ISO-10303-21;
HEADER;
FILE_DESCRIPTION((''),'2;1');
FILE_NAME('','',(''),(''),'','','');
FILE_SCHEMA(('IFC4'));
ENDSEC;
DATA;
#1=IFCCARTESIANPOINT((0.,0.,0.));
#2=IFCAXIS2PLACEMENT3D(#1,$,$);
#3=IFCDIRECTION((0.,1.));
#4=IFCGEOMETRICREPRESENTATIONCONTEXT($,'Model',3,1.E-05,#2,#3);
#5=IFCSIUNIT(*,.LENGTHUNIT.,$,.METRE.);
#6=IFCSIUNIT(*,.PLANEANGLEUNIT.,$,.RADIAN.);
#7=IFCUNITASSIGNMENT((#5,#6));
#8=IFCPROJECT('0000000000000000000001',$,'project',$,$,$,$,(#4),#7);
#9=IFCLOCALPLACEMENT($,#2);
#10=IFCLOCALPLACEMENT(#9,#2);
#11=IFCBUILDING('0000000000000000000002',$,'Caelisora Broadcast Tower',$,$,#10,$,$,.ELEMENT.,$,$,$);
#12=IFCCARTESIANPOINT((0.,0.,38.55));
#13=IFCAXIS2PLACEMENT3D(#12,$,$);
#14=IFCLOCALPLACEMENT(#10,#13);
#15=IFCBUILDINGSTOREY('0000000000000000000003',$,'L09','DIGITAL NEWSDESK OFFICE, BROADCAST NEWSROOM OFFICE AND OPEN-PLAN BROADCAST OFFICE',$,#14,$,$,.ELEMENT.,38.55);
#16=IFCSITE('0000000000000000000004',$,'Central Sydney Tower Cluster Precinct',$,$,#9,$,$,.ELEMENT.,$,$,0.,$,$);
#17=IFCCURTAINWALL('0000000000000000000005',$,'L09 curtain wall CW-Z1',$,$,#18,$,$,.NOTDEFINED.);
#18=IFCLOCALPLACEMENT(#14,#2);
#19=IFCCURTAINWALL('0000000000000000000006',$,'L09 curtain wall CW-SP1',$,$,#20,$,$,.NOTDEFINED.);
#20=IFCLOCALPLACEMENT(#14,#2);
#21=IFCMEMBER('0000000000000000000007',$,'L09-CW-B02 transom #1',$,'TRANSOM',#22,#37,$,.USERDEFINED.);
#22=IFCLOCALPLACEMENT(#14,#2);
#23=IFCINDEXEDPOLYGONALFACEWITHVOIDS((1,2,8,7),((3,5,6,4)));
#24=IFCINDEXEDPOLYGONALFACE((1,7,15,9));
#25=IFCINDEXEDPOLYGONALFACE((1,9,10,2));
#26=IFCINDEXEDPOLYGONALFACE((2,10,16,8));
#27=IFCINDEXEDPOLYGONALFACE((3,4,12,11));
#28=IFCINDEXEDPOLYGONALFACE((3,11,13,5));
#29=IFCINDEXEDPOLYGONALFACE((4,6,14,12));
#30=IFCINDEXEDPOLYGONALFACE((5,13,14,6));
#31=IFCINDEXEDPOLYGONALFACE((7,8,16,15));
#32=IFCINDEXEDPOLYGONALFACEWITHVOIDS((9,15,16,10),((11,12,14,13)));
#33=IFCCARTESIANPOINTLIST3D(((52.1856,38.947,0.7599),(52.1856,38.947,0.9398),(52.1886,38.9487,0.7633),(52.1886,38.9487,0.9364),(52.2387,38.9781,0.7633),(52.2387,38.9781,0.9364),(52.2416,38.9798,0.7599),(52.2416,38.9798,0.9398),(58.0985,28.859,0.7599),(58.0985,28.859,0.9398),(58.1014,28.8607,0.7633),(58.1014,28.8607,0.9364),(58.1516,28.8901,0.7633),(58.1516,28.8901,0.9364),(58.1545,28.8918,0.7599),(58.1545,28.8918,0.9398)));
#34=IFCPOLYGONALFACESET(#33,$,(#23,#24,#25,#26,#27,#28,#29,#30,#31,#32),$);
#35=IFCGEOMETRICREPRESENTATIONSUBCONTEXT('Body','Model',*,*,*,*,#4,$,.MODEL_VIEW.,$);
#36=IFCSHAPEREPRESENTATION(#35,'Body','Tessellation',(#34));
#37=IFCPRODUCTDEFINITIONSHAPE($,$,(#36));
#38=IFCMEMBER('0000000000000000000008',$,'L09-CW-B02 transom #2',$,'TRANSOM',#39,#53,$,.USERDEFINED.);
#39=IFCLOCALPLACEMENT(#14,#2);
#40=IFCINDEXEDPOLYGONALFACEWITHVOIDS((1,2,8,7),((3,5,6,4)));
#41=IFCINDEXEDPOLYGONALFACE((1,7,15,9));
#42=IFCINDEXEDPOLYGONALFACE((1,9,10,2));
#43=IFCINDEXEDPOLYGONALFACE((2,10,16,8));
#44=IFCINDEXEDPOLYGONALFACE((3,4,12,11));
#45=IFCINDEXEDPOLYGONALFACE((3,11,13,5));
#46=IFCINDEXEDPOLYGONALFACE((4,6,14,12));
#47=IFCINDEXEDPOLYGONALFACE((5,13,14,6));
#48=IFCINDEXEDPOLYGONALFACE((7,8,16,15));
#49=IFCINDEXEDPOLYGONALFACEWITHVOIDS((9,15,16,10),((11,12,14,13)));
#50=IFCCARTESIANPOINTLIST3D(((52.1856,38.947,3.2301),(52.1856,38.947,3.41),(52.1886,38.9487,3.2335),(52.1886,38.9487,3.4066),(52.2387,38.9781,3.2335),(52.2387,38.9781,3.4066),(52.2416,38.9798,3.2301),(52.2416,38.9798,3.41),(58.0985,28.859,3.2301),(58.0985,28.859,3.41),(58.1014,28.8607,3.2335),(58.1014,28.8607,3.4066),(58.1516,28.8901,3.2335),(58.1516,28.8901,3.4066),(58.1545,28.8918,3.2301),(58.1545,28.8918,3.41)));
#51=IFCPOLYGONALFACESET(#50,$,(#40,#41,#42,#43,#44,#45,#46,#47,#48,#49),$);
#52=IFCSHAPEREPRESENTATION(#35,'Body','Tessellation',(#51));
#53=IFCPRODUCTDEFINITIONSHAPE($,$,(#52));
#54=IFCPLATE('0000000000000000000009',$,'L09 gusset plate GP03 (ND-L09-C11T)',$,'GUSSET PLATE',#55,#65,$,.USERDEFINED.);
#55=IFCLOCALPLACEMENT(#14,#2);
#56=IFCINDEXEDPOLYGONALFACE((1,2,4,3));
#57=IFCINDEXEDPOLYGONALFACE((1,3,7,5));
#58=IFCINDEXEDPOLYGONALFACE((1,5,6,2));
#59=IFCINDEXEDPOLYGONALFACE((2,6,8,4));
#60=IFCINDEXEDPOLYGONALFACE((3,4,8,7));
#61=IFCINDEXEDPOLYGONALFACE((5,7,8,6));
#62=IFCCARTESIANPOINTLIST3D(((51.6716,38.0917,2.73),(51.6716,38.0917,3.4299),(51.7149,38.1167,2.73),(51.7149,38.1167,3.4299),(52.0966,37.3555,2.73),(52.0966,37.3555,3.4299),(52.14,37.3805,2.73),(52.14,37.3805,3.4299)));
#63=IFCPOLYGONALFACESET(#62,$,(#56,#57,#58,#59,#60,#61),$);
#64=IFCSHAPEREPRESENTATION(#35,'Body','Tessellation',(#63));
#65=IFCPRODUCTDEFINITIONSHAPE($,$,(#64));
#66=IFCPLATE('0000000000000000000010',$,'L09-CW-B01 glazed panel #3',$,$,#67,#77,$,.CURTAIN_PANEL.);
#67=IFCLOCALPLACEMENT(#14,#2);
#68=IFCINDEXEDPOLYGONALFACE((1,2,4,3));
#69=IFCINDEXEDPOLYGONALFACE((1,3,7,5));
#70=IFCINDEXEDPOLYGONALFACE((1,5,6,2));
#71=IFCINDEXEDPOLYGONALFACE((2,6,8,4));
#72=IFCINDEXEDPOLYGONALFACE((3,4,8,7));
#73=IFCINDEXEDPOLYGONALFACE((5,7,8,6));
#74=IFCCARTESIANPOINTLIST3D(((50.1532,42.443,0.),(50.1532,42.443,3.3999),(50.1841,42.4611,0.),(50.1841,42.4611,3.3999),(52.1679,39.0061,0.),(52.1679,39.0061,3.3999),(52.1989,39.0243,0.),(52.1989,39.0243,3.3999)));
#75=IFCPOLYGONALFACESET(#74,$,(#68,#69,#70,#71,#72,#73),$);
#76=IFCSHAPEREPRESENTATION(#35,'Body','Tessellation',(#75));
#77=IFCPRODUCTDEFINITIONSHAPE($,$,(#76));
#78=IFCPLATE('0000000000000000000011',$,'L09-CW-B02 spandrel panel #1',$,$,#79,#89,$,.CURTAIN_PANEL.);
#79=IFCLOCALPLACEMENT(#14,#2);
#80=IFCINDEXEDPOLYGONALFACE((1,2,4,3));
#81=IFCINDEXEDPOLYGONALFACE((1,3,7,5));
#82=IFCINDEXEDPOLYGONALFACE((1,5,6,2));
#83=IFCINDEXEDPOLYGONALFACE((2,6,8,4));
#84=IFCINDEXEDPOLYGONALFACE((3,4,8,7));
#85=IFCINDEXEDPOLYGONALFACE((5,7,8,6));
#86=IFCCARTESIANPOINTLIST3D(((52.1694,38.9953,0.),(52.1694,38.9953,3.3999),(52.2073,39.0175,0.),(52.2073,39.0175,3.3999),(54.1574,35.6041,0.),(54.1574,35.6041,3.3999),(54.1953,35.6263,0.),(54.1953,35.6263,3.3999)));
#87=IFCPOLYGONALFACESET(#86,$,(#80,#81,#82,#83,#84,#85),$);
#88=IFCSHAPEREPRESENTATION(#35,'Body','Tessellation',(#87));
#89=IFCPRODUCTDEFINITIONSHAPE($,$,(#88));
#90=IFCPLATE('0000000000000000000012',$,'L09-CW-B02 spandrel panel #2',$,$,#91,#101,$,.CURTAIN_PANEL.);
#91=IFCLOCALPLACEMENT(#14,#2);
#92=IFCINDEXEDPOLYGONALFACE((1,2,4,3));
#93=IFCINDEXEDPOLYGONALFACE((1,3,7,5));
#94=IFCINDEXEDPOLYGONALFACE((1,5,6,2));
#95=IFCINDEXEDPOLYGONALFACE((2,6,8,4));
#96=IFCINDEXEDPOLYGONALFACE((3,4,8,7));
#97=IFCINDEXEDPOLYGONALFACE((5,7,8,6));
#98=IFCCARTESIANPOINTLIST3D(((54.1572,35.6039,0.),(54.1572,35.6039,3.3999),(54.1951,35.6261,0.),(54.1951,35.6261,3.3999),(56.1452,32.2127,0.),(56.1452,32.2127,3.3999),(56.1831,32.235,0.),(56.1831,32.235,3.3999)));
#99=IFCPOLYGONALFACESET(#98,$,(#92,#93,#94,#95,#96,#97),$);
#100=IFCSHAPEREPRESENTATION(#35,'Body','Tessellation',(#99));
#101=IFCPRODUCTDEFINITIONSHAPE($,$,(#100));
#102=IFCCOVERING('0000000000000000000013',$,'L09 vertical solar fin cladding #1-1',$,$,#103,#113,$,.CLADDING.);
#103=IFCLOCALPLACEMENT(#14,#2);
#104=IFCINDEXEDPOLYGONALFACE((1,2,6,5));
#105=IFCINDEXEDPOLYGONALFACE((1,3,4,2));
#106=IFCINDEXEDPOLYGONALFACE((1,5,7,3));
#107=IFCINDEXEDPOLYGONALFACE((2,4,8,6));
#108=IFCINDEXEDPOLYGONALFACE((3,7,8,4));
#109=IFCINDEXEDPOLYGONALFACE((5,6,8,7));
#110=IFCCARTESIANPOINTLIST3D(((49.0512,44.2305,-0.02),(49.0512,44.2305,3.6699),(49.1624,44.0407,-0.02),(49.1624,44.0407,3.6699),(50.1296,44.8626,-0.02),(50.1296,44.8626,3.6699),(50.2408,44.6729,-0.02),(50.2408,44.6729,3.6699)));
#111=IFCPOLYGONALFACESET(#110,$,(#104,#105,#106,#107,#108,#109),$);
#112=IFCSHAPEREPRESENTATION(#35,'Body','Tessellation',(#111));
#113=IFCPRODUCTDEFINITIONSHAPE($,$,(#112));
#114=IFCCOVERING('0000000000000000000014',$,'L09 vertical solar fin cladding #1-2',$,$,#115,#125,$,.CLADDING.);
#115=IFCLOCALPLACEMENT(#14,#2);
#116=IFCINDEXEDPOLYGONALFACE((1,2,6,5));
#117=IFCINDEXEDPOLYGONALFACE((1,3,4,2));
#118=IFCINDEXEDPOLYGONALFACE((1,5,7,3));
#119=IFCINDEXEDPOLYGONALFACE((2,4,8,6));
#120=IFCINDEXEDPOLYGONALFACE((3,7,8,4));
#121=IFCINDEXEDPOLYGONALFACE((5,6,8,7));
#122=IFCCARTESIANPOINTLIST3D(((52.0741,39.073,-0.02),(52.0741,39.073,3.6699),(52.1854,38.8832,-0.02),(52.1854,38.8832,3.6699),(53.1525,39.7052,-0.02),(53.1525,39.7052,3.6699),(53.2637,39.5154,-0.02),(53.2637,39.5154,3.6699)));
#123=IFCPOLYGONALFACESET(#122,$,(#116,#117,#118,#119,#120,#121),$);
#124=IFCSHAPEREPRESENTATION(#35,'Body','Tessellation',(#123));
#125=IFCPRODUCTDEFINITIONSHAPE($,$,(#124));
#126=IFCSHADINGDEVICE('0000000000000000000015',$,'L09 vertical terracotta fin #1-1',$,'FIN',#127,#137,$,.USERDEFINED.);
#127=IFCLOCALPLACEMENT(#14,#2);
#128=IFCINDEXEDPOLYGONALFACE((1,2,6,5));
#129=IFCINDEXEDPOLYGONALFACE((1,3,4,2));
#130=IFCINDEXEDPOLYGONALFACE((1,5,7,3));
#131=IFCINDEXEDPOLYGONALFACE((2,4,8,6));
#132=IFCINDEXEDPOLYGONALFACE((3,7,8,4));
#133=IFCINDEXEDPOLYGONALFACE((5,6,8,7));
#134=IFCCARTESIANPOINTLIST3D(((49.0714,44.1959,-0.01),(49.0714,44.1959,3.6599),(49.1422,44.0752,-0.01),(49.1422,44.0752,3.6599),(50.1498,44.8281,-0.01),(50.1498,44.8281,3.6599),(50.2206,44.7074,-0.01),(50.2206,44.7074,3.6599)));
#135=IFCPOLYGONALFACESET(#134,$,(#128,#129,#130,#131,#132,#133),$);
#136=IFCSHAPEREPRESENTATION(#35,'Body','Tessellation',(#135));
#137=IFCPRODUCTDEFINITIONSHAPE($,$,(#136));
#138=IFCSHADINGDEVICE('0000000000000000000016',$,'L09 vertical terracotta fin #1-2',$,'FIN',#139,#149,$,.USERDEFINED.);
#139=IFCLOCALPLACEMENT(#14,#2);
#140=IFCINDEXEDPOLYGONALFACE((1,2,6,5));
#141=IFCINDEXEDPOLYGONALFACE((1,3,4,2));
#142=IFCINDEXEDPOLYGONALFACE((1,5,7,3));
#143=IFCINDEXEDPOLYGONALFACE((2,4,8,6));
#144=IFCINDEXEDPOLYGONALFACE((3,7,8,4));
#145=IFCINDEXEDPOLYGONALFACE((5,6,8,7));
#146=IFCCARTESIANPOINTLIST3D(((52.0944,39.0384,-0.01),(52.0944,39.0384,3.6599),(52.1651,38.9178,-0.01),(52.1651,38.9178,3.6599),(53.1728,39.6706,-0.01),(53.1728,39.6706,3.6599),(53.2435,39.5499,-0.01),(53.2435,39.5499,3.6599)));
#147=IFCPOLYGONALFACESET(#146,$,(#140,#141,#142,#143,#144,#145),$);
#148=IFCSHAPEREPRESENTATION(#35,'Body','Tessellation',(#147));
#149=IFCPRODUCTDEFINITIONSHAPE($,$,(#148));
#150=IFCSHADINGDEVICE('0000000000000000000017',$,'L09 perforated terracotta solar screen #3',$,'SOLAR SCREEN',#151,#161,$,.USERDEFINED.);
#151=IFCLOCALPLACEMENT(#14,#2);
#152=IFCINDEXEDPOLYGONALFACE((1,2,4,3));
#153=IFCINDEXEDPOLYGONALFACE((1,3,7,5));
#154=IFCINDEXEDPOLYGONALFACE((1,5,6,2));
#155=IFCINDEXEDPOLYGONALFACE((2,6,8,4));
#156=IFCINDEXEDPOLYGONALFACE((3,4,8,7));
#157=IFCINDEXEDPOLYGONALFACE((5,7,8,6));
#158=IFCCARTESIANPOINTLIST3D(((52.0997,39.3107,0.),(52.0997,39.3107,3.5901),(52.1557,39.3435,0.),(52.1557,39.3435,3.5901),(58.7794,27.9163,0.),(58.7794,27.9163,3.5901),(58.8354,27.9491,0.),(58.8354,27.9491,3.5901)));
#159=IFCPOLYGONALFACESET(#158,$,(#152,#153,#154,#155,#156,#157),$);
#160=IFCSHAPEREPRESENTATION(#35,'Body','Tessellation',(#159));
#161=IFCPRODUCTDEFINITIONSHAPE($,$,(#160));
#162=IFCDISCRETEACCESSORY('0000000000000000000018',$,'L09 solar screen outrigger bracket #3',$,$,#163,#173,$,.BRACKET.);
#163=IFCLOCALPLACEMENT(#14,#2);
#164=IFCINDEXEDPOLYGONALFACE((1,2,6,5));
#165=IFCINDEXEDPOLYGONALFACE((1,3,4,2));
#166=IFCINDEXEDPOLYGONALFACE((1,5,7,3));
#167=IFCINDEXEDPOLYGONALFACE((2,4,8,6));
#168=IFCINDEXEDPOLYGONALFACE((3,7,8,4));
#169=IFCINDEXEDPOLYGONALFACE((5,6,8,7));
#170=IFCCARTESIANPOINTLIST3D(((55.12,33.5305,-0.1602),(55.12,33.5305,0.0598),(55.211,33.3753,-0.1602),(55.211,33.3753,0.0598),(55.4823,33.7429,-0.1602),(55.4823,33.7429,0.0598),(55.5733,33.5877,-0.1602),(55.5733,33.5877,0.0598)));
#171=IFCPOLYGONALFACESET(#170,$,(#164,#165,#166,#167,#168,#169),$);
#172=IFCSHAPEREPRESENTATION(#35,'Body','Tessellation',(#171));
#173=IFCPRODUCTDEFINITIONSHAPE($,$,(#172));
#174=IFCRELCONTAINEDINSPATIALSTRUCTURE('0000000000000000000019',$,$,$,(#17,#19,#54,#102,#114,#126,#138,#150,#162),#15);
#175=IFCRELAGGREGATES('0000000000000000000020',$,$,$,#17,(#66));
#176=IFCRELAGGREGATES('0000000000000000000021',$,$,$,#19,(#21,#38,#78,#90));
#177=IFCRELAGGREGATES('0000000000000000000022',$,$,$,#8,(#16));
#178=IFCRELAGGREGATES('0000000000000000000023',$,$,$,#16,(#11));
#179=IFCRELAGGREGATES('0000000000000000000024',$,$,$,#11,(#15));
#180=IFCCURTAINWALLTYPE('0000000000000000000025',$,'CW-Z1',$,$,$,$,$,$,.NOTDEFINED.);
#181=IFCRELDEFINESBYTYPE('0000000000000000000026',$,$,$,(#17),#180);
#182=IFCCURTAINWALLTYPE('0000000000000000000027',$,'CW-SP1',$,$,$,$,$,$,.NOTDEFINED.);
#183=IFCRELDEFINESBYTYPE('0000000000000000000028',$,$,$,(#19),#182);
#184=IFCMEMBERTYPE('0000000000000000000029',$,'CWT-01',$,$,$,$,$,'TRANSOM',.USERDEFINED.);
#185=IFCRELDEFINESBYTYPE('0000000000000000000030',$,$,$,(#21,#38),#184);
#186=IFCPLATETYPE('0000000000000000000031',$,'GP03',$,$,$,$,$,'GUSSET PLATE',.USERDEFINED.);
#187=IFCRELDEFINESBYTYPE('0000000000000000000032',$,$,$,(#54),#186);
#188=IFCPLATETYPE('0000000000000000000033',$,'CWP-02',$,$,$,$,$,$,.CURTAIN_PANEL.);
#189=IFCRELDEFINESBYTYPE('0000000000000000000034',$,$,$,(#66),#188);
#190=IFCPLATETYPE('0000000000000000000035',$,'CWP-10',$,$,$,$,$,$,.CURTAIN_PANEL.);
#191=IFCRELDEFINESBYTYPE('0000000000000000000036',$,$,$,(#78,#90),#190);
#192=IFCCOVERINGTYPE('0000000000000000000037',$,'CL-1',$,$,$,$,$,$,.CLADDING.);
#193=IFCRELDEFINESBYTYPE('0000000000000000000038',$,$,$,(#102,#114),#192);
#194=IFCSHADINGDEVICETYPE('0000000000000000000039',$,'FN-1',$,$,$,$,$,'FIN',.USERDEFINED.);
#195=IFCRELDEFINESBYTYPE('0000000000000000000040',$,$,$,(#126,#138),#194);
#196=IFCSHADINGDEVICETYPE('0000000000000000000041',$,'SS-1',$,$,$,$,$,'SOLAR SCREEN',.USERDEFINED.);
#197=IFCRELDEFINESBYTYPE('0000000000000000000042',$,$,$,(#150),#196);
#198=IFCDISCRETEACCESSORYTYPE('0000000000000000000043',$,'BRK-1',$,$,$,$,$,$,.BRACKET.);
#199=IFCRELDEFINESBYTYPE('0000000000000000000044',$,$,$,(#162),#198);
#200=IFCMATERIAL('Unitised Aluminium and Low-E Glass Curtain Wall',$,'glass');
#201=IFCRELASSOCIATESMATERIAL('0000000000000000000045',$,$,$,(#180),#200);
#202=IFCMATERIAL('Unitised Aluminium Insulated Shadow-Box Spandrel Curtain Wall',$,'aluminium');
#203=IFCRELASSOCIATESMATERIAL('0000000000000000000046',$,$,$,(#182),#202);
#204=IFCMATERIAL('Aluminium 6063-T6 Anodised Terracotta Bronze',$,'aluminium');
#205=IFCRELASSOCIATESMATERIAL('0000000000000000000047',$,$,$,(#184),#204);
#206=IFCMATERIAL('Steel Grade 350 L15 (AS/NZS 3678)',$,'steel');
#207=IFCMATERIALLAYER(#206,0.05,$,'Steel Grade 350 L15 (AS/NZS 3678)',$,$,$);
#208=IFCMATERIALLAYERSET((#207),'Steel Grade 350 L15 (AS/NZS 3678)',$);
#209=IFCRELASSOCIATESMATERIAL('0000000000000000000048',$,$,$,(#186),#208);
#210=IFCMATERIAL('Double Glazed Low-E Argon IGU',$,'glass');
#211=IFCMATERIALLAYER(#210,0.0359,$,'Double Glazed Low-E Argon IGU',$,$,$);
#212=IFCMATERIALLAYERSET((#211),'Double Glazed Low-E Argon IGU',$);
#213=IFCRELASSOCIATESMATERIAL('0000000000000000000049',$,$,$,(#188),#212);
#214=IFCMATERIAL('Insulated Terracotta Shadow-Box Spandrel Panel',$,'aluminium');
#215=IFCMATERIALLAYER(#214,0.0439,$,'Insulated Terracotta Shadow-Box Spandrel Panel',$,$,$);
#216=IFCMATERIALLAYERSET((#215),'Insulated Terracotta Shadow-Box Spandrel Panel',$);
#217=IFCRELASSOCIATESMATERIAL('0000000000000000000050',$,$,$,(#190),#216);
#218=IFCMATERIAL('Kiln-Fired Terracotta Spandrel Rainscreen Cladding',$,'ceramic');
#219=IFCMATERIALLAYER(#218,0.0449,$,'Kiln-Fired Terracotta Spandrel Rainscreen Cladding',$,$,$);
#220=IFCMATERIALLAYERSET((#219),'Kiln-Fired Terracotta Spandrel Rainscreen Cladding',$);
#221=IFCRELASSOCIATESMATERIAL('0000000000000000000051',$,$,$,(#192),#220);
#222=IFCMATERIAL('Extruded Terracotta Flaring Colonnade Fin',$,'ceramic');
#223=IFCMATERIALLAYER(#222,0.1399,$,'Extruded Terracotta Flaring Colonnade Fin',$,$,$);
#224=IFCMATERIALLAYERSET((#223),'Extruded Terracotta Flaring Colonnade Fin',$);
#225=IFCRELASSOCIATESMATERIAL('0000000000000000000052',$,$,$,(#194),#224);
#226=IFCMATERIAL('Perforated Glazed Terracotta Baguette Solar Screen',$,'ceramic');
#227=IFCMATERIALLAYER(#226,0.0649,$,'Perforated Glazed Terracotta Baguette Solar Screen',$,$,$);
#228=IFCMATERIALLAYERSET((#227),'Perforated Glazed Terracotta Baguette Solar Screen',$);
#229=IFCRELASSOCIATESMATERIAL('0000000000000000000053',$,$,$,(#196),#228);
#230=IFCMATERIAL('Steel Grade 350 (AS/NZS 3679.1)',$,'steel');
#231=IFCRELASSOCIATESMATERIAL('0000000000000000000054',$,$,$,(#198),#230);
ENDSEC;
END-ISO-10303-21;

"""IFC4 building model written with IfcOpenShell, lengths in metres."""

from ifc_helpers import new_model, si_unit, direction, frame, origin, origin_2d, place, context, subcontext, project, spatial, rectangle, hollow_rectangle, extrude, source, transform, mapped, material, layer, layer_set, material_profile, profile_set, type_object, type_shapes, element, aggregate, save


model = new_model("IFC4")

# Units and contexts
model_context = context("Model", 3, precision=1e-05, world=origin(), true_north=direction((0.0, 1.0)))
body_context = subcontext(model_context, "Body", "Model", "MODEL_VIEW")
ifc_project = project(units=[si_unit("LENGTHUNIT", "METRE"), si_unit("PLANEANGLEUNIT", "RADIAN")], contexts=[model_context])

# Site, building, storey
site_placement = place(None, origin())
site = spatial("IfcSite", under=ifc_project, at=site_placement, Name="Central Sydney Tower Cluster Precinct", CompositionType="ELEMENT", RefElevation=0.0)
building_placement = place(site_placement, origin())
building = spatial("IfcBuilding", under=site, at=building_placement, Name="Caelisora Broadcast Tower", CompositionType="ELEMENT")
storey_placement = place(building_placement, frame((0.0, 0.0, 38.55)))
storey = spatial("IfcBuildingStorey", under=building, at=storey_placement, Name="L09", Description="DIGITAL NEWSDESK OFFICE, BROADCAST NEWSROOM OFFICE AND OPEN-PLAN BROADCAST OFFICE", CompositionType="ELEMENT", Elevation=38.55)

# Shared definitions
ifc_material_1 = material(Name="Steel Grade 350 L15 (AS/NZS 3678)", Category="steel")

# Shared definitions
ifc_material_2 = material(Name="Steel Grade 350 (AS/NZS 3679.1)", Category="steel")

# Curtain walls, members
ifc_material_3 = material(Name="Unitised Aluminium and Low-E Glass Curtain Wall", Category="glass")
curtain_wall_type_1 = type_object("IfcCurtainWallType", Name="CW-Z1", PredefinedType="NOTDEFINED", material=ifc_material_3)
curtain_wall_1_placement = place(storey_placement, origin())
curtain_wall_1 = element("IfcCurtainWall", 1, at=curtain_wall_1_placement, inside=storey, type_object=curtain_wall_type_1, Name="L09 curtain wall CW-Z1", PredefinedType="NOTDEFINED")
ifc_material_4 = material(Name="Aluminium 6063-T6 Anodised Terracotta Bronze", Category="aluminium")
ifc_material_5 = material(Name="Unitised Aluminium Insulated Shadow-Box Spandrel Curtain Wall", Category="aluminium")
curtain_wall_type_2 = type_object("IfcCurtainWallType", Name="CW-SP1", PredefinedType="NOTDEFINED", material=ifc_material_5)
curtain_wall_2_placement = place(storey_placement, origin())
curtain_wall_2 = element("IfcCurtainWall", 2, at=curtain_wall_2_placement, inside=storey, type_object=curtain_wall_type_2, Name="L09 curtain wall CW-SP1", PredefinedType="NOTDEFINED")
ifc_material_profile_1 = material_profile(ifc_material_4, hollow_rectangle(XDim=0.0649, YDim=0.1799, WallThickness=0.0034, at=origin_2d()), Name="Aluminium 6063-T6 Anodised Terracotta Bronze")
ifc_profile_set_1 = profile_set([ifc_material_profile_1], Name="Aluminium 6063-T6 Anodised Terracotta Bronze")
member_type_1 = type_object("IfcMemberType", Name="CWT-01", ElementType="TRANSOM", PredefinedType="USERDEFINED", material=ifc_profile_set_1)
shared_shape_1 = source(origin(), body_context, "Body", "SweptSolid", [
    extrude(hollow_rectangle(XDim=0.0649, YDim=0.1799, WallThickness=0.0034, at=origin_2d()), origin(), (0.0, 0.0, 1.0), 11.6931),
])
type_shapes(member_type_1, [shared_shape_1])
member_1_placement = place(storey_placement, frame((52.2136, 38.9634, 0.8499), z_axis=(0.505672, -0.862726, 0.0), x_axis=(0.862726, 0.505672, 0.0)))
member_1 = element("IfcMember", 3, at=member_1_placement, type_object=member_type_1, Name="L09-CW-B02 transom #1", ObjectType="TRANSOM", PredefinedType="USERDEFINED", context=body_context, shape_type="MappedRepresentation", body=[
    mapped(shared_shape_1, transform((0.0, 0.0, 0.0), scale=1.0)),
])
member_2_placement = place(storey_placement, frame((52.2136, 38.9634, 3.3201), z_axis=(0.505672, -0.862726, 0.0), x_axis=(0.862726, 0.505672, 0.0)))
member_2 = element("IfcMember", 4, at=member_2_placement, type_object=member_type_1, Name="L09-CW-B02 transom #2", ObjectType="TRANSOM", PredefinedType="USERDEFINED", context=body_context, shape_type="MappedRepresentation", body=[
    mapped(shared_shape_1, transform((0.0, 0.0, 0.0), scale=1.0)),
])

# Plates
ifc_layer_1 = layer(ifc_material_1, 0.05, Name="Steel Grade 350 L15 (AS/NZS 3678)")
ifc_layer_set_1 = layer_set([ifc_layer_1], Name="Steel Grade 350 L15 (AS/NZS 3678)")
plate_type_1 = type_object("IfcPlateType", Name="GP03", ElementType="GUSSET PLATE", PredefinedType="USERDEFINED", material=ifc_layer_set_1)
shared_shape_2 = source(origin(), body_context, "Body", "SweptSolid", [
    extrude(rectangle(XDim=0.8501, YDim=0.05, at=origin_2d()), origin(), (0.0, 0.0, 1.0), 0.7),
])
type_shapes(plate_type_1, [shared_shape_2])
plate_1_placement = place(storey_placement, frame((51.9058, 37.7361, 2.73), z_axis=(0.0, 0.0, 1.0), x_axis=(-0.5, 0.866025, 0.0)))
element("IfcPlate", 5, at=plate_1_placement, inside=storey, type_object=plate_type_1, Name="L09 gusset plate GP03 (ND-L09-C11T)", ObjectType="GUSSET PLATE", PredefinedType="USERDEFINED", context=body_context, shape_type="MappedRepresentation", body=[
    mapped(shared_shape_2, transform((0.0, 0.0, 0.0), scale=1.0)),
])
ifc_material_6 = material(Name="Double Glazed Low-E Argon IGU", Category="glass")
ifc_layer_2 = layer(ifc_material_6, 0.0359, Name="Double Glazed Low-E Argon IGU")
ifc_layer_set_2 = layer_set([ifc_layer_2], Name="Double Glazed Low-E Argon IGU")
plate_type_2 = type_object("IfcPlateType", Name="CWP-02", PredefinedType="CURTAIN_PANEL", material=ifc_layer_set_2)
shared_shape_3 = source(origin(), body_context, "Body", "SweptSolid", [
    extrude(rectangle(XDim=3.9839, YDim=0.0359, at=origin_2d()), origin(), (0.0, 0.0, 1.0), 3.3999),
])
type_shapes(plate_type_2, [shared_shape_3])
plate_2_placement = place(storey_placement, frame((51.176, 40.7336, 0.0), z_axis=(0.0, 0.0, 1.0), x_axis=(0.505733, -0.86269, 0.0)))
plate_2 = element("IfcPlate", 6, at=plate_2_placement, type_object=plate_type_2, Name="L09-CW-B01 glazed panel #3", PredefinedType="CURTAIN_PANEL", context=body_context, shape_type="MappedRepresentation", body=[
    mapped(shared_shape_3, transform((0.0, 0.0, 0.0), scale=1.0)),
])
aggregate(curtain_wall_1, [plate_2])
ifc_material_7 = material(Name="Insulated Terracotta Shadow-Box Spandrel Panel", Category="aluminium")
ifc_layer_3 = layer(ifc_material_7, 0.0439, Name="Insulated Terracotta Shadow-Box Spandrel Panel")
ifc_layer_set_3 = layer_set([ifc_layer_3], Name="Insulated Terracotta Shadow-Box Spandrel Panel")
plate_type_3 = type_object("IfcPlateType", Name="CWP-10", PredefinedType="CURTAIN_PANEL", material=ifc_layer_set_3)
shared_shape_4 = source(origin(), body_context, "Body", "SweptSolid", [
    extrude(rectangle(XDim=3.9309, YDim=0.0439, at=origin_2d()), origin(), (0.0, 0.0, 1.0), 3.3999),
])
type_shapes(plate_type_3, [shared_shape_4])
plate_3_placement = place(storey_placement, frame((53.1824, 37.3108, 0.0), z_axis=(0.0, 0.0, 1.0), x_axis=(0.505733, -0.86269, 0.0)))
plate_3 = element("IfcPlate", 7, at=plate_3_placement, type_object=plate_type_3, Name="L09-CW-B02 spandrel panel #1", PredefinedType="CURTAIN_PANEL", context=body_context, shape_type="MappedRepresentation", body=[
    mapped(shared_shape_4, transform((0.0, 0.0, 0.0), scale=1.0)),
])
plate_4_placement = place(storey_placement, frame((55.1702, 33.9194, 0.0), z_axis=(0.0, 0.0, 1.0), x_axis=(0.505733, -0.86269, 0.0)))
plate_4 = element("IfcPlate", 8, at=plate_4_placement, type_object=plate_type_3, Name="L09-CW-B02 spandrel panel #2", PredefinedType="CURTAIN_PANEL", context=body_context, shape_type="MappedRepresentation", body=[
    mapped(shared_shape_4, transform((0.0, 0.0, 0.0), scale=1.0)),
])
aggregate(curtain_wall_2, [member_1, member_2, plate_3, plate_4])

# Coverings
ifc_material_8 = material(Name="Kiln-Fired Terracotta Spandrel Rainscreen Cladding", Category="ceramic")
ifc_layer_4 = layer(ifc_material_8, 0.0449, Name="Kiln-Fired Terracotta Spandrel Rainscreen Cladding")
ifc_layer_set_4 = layer_set([ifc_layer_4], Name="Kiln-Fired Terracotta Spandrel Rainscreen Cladding")
covering_type = type_object("IfcCoveringType", Name="CL-1", PredefinedType="CLADDING", material=ifc_layer_set_4)
shared_shape_5 = source(origin(), body_context, "Body", "SweptSolid", [
    extrude(rectangle(XDim=0.22, YDim=1.25, at=origin_2d()), origin(), (0.0, 0.0, 1.0), 3.6899),
])
type_shapes(covering_type, [shared_shape_5])
for number, where, z_axis, x_axis, name in (
    (9, (49.646, 44.4517, -0.02), (0.0, 0.0, 1.0), (0.505733, -0.86269, 0.0), "L09 vertical solar fin cladding #1-1"),
    (10, (52.6689, 39.2942, -0.02), (0.0, 0.0, 1.0), (0.505733, -0.86269, 0.0), "L09 vertical solar fin cladding #1-2"),
):
    element("IfcCovering", number, at=place(storey_placement, frame(where, z_axis=z_axis, x_axis=x_axis)), inside=storey, type_object=covering_type, Name=name, PredefinedType="CLADDING", context=body_context, shape_type="MappedRepresentation", body=[
        mapped(shared_shape_5, transform((0.0, 0.0, 0.0), scale=1.0)),
    ])

# Shading devices
ifc_material_9 = material(Name="Extruded Terracotta Flaring Colonnade Fin", Category="ceramic")
ifc_layer_5 = layer(ifc_material_9, 0.1399, Name="Extruded Terracotta Flaring Colonnade Fin")
ifc_layer_set_5 = layer_set([ifc_layer_5], Name="Extruded Terracotta Flaring Colonnade Fin")
shading_device_type_1 = type_object("IfcShadingDeviceType", Name="FN-1", ElementType="FIN", PredefinedType="USERDEFINED", material=ifc_layer_set_5)
shared_shape_6 = source(origin(), body_context, "Body", "SweptSolid", [
    extrude(rectangle(XDim=0.1399, YDim=1.25, at=origin_2d()), origin(), (0.0, 0.0, 1.0), 3.6699),
])
type_shapes(shading_device_type_1, [shared_shape_6])
for number, where, z_axis, x_axis, name in (
    (11, (49.646, 44.4517, -0.01), (0.0, 0.0, 1.0), (0.505733, -0.86269, 0.0), "L09 vertical terracotta fin #1-1"),
    (12, (52.6689, 39.2942, -0.01), (0.0, 0.0, 1.0), (0.505733, -0.86269, 0.0), "L09 vertical terracotta fin #1-2"),
):
    element("IfcShadingDevice", number, at=place(storey_placement, frame(where, z_axis=z_axis, x_axis=x_axis)), inside=storey, type_object=shading_device_type_1, Name=name, ObjectType="FIN", PredefinedType="USERDEFINED", context=body_context, shape_type="MappedRepresentation", body=[
        mapped(shared_shape_6, transform((0.0, 0.0, 0.0), scale=1.0)),
    ])
ifc_material_10 = material(Name="Perforated Glazed Terracotta Baguette Solar Screen", Category="ceramic")
ifc_layer_6 = layer(ifc_material_10, 0.0649, Name="Perforated Glazed Terracotta Baguette Solar Screen")
ifc_layer_set_6 = layer_set([ifc_layer_6], Name="Perforated Glazed Terracotta Baguette Solar Screen")
shading_device_type_2 = type_object("IfcShadingDeviceType", Name="SS-1", ElementType="SOLAR SCREEN", PredefinedType="USERDEFINED", material=ifc_layer_set_6)
shared_shape_7 = source(origin(), body_context, "Body", "SweptSolid", [
    extrude(rectangle(XDim=13.208, YDim=0.0649, at=origin_2d()), origin(), (0.0, 0.0, 1.0), 3.5901),
])
type_shapes(shading_device_type_2, [shared_shape_7])
shading_device_placement = place(storey_placement, frame((55.4675, 33.6299, 0.0), z_axis=(0.0, 0.0, 1.0), x_axis=(-0.505733, 0.86269, 0.0)))
element("IfcShadingDevice", 13, at=shading_device_placement, inside=storey, type_object=shading_device_type_2, Name="L09 perforated terracotta solar screen #3", ObjectType="SOLAR SCREEN", PredefinedType="USERDEFINED", context=body_context, shape_type="MappedRepresentation", body=[
    mapped(shared_shape_7, transform((0.0, 0.0, 0.0), scale=1.0)),
])

# Discrete accessory
discrete_accessory_type = type_object("IfcDiscreteAccessoryType", Name="BRK-1", PredefinedType="BRACKET", material=ifc_material_2)
shared_shape_8 = source(origin(), body_context, "Body", "SweptSolid", [
    extrude(rectangle(XDim=0.1799, YDim=0.4199, at=origin_2d()), origin(), (0.0, 0.0, 1.0), 0.22),
])
type_shapes(discrete_accessory_type, [shared_shape_8])
discrete_accessory_placement = place(storey_placement, frame((55.3467, 33.5591, -0.1602), z_axis=(0.0, 0.0, 1.0), x_axis=(-0.505733, 0.86269, 0.0)))
element("IfcDiscreteAccessory", 14, at=discrete_accessory_placement, inside=storey, type_object=discrete_accessory_type, Name="L09 solar screen outrigger bracket #3", PredefinedType="BRACKET", context=body_context, shape_type="MappedRepresentation", body=[
    mapped(shared_shape_8, transform((0.0, 0.0, 0.0), scale=1.0)),
])

save(model, "model.ifc")
